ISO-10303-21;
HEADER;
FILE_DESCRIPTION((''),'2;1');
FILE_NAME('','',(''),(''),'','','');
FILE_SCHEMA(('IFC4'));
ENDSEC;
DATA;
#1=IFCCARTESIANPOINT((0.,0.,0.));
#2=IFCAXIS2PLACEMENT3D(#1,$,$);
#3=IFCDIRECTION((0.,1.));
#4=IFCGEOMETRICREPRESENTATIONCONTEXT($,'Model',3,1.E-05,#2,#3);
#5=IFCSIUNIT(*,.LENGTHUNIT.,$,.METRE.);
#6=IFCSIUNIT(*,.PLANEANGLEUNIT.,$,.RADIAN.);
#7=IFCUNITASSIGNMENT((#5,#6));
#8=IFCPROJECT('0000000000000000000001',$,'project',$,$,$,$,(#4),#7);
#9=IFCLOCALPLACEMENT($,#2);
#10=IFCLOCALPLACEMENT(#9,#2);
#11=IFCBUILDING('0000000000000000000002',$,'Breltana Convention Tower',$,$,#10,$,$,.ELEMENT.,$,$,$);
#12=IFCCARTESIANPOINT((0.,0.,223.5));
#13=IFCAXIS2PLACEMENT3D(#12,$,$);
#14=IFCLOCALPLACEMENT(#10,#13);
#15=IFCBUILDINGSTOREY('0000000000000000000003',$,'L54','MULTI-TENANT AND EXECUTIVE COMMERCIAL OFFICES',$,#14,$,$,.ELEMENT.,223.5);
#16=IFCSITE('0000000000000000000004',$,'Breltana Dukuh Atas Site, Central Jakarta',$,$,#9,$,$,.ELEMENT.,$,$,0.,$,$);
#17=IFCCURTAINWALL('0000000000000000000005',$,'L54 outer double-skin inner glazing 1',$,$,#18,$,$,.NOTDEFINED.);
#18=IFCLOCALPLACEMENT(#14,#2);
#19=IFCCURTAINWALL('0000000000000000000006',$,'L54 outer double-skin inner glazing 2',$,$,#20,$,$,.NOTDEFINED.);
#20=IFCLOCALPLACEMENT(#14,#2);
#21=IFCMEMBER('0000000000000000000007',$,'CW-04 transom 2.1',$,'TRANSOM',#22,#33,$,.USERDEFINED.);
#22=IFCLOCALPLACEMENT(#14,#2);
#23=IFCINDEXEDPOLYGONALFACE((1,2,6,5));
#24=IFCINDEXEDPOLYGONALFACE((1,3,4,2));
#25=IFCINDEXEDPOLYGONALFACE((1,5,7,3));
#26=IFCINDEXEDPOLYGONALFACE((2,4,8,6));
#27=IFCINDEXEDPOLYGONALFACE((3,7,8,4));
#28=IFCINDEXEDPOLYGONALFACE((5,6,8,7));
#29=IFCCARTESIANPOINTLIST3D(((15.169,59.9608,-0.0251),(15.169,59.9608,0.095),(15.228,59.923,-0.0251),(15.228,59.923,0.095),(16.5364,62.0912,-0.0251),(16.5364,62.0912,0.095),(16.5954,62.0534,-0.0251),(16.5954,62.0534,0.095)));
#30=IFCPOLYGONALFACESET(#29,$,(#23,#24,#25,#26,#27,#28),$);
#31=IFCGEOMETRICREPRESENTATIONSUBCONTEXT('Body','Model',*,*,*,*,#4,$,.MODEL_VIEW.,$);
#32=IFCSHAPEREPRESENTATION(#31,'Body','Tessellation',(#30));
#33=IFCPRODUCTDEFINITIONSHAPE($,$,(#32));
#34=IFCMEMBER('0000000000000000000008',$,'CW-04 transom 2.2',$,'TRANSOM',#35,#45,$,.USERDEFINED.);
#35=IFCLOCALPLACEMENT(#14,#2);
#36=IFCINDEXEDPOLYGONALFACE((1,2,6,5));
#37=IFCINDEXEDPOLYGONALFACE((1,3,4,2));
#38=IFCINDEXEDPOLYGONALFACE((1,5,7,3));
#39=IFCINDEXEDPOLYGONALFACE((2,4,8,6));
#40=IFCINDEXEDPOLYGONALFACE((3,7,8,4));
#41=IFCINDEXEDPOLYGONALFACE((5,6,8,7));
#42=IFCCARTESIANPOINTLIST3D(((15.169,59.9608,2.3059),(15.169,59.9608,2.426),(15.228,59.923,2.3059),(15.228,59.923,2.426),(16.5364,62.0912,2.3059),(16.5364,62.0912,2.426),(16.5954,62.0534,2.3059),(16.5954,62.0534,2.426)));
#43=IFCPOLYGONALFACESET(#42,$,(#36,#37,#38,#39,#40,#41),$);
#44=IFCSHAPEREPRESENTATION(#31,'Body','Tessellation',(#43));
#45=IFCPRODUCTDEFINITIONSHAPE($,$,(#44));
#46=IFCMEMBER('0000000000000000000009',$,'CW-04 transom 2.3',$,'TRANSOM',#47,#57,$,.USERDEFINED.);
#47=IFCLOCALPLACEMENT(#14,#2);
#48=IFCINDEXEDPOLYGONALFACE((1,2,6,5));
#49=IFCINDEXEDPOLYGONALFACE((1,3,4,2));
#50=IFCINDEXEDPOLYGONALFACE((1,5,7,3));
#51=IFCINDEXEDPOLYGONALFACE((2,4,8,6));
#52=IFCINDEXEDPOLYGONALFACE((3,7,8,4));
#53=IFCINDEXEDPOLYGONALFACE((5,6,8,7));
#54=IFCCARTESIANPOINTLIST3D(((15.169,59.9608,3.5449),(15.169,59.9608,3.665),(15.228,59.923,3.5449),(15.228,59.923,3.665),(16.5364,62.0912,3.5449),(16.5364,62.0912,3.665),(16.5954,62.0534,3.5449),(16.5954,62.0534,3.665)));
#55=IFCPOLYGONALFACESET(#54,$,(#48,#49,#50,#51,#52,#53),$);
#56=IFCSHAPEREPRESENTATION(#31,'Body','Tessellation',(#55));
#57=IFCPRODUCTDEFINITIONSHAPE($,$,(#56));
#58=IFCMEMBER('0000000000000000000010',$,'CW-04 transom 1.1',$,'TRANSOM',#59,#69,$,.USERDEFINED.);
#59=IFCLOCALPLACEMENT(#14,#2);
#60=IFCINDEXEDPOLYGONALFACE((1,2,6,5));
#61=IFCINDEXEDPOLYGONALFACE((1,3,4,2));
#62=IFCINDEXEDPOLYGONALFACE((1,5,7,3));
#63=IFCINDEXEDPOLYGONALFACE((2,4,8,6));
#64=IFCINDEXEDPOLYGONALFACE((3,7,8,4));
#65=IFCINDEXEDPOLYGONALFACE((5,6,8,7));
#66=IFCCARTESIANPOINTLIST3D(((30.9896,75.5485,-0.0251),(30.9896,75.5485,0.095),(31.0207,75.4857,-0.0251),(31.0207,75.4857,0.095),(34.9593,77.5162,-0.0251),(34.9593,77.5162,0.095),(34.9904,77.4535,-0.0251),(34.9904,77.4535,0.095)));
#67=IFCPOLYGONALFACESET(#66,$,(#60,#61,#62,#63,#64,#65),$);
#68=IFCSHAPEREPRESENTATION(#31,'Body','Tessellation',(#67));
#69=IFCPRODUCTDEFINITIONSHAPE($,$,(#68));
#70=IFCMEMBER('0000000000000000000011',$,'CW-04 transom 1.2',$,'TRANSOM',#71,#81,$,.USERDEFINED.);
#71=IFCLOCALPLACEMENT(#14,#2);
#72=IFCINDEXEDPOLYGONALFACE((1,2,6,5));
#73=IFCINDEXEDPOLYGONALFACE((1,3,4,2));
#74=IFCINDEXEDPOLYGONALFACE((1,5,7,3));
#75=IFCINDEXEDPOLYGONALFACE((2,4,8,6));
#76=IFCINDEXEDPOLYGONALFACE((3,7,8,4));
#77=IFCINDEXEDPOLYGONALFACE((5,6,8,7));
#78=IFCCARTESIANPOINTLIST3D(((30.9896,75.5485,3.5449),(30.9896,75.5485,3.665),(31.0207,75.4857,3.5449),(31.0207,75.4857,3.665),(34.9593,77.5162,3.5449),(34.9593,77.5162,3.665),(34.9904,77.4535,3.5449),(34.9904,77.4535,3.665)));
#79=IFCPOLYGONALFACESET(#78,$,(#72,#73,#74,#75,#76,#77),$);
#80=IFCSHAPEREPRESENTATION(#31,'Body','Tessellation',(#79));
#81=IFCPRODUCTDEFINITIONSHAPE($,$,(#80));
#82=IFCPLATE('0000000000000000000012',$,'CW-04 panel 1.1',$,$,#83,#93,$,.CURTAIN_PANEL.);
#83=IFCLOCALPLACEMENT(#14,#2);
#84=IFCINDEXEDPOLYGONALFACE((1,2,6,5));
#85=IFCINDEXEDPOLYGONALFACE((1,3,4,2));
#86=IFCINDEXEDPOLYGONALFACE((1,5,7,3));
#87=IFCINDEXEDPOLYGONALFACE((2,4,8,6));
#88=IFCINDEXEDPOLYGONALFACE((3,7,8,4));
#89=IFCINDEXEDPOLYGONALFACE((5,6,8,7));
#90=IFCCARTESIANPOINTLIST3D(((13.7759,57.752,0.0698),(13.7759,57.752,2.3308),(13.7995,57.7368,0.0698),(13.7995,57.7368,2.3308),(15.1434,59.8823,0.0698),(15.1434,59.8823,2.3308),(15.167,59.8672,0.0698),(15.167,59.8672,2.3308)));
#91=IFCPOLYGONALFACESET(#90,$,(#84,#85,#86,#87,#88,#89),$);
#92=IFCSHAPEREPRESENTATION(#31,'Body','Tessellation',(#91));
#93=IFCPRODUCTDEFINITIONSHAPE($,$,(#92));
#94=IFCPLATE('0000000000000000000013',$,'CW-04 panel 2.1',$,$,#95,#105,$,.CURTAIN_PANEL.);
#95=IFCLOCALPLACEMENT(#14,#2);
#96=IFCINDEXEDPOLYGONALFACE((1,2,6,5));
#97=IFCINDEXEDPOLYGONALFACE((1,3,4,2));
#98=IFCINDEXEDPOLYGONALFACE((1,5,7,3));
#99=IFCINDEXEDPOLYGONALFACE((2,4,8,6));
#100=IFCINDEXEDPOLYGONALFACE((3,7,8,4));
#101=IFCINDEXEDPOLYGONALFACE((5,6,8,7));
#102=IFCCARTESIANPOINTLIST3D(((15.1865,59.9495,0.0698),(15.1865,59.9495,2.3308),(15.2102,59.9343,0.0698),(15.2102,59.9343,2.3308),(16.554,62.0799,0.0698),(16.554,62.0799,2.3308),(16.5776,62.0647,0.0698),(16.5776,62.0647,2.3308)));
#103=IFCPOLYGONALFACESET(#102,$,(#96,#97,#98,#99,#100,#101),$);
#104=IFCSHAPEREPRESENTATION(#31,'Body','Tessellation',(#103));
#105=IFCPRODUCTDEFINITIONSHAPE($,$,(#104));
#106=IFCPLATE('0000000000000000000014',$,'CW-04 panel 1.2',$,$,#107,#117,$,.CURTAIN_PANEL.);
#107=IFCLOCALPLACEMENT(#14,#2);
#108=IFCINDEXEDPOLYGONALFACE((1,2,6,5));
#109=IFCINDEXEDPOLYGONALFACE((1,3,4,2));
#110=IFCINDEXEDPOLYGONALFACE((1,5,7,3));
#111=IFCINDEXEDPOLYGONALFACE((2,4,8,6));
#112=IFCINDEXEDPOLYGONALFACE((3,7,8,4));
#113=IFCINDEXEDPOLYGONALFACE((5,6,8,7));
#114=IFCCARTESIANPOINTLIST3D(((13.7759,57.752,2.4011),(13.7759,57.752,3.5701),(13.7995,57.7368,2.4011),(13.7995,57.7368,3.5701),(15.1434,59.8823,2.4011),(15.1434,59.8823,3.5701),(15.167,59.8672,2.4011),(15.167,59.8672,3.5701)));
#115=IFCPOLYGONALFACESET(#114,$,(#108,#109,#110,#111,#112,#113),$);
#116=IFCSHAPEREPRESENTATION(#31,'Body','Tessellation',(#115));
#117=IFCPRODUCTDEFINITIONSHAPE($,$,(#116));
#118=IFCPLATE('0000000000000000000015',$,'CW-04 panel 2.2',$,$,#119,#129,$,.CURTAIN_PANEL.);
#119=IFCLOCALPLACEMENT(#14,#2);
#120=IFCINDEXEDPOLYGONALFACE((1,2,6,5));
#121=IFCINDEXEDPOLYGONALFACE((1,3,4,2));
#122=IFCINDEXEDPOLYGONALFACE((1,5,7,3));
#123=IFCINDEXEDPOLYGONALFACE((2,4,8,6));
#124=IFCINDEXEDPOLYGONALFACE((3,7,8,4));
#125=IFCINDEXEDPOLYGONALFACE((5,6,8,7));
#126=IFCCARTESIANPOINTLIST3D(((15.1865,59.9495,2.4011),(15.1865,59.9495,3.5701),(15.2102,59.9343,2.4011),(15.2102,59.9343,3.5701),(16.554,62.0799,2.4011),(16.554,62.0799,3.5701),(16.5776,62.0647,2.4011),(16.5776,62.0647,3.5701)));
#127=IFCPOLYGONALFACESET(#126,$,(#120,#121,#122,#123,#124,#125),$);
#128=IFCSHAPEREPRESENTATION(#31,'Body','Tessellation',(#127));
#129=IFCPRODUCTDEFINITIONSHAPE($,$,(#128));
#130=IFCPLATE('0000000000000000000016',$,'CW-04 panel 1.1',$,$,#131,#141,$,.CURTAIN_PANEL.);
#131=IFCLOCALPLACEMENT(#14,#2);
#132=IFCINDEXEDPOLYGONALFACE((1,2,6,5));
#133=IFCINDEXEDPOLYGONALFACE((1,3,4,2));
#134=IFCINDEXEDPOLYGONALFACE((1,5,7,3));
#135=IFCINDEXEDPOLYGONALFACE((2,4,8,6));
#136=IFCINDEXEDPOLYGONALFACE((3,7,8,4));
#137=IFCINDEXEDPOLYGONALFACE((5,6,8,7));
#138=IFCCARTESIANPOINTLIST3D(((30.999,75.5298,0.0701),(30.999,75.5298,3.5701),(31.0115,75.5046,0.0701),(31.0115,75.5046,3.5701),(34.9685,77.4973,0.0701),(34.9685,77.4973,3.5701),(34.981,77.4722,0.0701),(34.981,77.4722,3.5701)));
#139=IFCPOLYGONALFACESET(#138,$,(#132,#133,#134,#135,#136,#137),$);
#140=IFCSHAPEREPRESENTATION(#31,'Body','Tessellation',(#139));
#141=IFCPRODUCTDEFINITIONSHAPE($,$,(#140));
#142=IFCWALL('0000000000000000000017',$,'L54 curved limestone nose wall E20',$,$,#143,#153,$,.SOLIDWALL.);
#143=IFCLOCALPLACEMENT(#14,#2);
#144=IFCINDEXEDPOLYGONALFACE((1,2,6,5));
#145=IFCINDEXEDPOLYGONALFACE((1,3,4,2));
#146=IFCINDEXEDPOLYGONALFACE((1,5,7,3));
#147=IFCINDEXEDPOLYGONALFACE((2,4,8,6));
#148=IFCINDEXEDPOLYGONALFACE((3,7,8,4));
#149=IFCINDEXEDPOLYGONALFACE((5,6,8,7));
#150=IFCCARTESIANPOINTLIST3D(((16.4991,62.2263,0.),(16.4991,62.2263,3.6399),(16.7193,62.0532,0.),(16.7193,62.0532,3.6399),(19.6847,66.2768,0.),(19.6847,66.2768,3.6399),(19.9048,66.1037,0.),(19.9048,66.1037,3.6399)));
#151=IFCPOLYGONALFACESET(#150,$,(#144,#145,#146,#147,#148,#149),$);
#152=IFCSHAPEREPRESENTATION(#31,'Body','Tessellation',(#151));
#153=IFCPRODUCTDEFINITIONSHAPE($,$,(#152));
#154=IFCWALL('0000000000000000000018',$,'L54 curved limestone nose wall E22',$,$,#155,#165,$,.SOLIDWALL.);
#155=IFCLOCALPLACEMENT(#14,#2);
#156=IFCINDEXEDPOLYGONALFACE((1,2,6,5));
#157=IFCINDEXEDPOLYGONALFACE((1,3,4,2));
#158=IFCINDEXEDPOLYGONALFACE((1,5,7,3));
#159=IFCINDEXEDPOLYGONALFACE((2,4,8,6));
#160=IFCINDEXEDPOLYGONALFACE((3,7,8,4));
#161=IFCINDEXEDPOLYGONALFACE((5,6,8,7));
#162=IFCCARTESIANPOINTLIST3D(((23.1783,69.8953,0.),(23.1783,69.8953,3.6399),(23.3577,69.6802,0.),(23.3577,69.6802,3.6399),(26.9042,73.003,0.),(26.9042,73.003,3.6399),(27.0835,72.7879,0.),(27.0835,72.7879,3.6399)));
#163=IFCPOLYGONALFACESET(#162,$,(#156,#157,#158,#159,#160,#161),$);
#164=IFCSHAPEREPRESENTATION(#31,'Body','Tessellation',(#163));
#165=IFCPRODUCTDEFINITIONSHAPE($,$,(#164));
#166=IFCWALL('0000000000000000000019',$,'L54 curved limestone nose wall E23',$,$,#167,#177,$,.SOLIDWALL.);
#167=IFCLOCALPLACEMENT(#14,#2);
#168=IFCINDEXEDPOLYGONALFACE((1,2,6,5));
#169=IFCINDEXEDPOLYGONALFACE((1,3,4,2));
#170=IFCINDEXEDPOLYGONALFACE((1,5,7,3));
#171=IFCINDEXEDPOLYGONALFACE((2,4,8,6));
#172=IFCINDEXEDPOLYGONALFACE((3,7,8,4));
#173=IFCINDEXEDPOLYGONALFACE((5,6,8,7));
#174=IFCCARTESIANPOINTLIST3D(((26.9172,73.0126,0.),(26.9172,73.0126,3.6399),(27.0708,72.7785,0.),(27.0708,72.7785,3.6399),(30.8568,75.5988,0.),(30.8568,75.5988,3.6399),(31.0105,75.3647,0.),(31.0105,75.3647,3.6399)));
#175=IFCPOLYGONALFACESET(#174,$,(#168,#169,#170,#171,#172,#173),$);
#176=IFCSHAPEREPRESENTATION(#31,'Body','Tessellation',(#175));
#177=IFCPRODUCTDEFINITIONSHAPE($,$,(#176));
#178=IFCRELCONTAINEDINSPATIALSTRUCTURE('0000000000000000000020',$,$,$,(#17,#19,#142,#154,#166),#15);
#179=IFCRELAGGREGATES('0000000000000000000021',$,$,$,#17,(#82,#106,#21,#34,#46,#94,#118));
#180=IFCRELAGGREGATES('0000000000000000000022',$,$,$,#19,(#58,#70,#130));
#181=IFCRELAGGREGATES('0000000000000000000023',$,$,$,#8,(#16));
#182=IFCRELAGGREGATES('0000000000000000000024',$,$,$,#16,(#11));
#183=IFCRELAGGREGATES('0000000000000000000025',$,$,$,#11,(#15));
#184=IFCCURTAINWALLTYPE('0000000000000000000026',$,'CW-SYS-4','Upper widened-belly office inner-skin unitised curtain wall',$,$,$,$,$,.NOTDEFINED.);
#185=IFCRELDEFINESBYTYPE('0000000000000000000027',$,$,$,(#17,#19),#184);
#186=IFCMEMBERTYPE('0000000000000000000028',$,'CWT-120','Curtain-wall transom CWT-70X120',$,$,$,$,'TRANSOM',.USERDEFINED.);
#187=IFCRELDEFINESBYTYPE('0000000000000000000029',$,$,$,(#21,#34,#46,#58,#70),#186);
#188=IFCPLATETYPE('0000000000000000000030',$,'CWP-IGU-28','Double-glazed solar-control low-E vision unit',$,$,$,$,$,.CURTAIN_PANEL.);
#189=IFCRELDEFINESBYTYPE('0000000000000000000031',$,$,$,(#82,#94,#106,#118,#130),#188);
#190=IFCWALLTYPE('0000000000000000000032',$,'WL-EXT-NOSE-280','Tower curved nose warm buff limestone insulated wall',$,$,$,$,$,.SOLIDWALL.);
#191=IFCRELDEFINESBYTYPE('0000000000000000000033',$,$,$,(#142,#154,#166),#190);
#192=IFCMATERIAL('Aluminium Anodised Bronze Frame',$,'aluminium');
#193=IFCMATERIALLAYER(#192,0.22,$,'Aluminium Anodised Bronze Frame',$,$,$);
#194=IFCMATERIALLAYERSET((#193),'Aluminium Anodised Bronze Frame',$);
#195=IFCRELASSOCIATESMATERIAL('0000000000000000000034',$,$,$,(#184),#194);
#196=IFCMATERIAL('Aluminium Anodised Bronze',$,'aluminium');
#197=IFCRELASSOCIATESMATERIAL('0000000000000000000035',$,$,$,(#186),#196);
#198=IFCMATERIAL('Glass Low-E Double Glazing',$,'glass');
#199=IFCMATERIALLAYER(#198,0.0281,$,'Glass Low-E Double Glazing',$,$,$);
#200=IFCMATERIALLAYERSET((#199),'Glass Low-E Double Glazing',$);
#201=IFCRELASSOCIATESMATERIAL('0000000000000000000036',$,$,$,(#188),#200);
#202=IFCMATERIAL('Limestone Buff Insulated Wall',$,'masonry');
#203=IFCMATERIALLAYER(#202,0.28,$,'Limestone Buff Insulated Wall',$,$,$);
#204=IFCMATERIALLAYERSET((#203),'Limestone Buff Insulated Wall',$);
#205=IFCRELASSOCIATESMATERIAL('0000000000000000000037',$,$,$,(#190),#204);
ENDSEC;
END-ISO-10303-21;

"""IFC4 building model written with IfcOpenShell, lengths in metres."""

from ifc_helpers import new_model, si_unit, direction, frame, frame_2d, origin, origin_2d, place, context, subcontext, project, spatial, rectangle, extrude, source, transform, mapped, material, layer, layer_set, material_profile, profile_set, type_object, element, aggregate, save


model = new_model("IFC4")

# Units and contexts
model_context = context("Model", 3, precision=1e-05, world=origin(), true_north=direction((0.0, 1.0)))
body_context = subcontext(model_context, "Body", "Model", "MODEL_VIEW")
ifc_project = project(units=[si_unit("LENGTHUNIT", "METRE"), si_unit("PLANEANGLEUNIT", "RADIAN")], contexts=[model_context])

# Site, building, storey
site_placement = place(None, origin())
site = spatial("IfcSite", under=ifc_project, at=site_placement, Name="Breltana Dukuh Atas Site, Central Jakarta", CompositionType="ELEMENT", RefElevation=0.0)
building_placement = place(site_placement, origin())
building = spatial("IfcBuilding", under=site, at=building_placement, Name="Breltana Convention Tower", CompositionType="ELEMENT")
storey_placement = place(building_placement, frame((0.0, 0.0, 223.5)))
storey = spatial("IfcBuildingStorey", under=building, at=storey_placement, Name="L54", Description="MULTI-TENANT AND EXECUTIVE COMMERCIAL OFFICES", CompositionType="ELEMENT", Elevation=223.5)

# Curtain walls
ifc_material_1 = material(Name="Aluminium Anodised Bronze Frame", Category="aluminium")
ifc_layer_1 = layer(ifc_material_1, 0.22, Name="Aluminium Anodised Bronze Frame")
ifc_layer_set_1 = layer_set([ifc_layer_1], Name="Aluminium Anodised Bronze Frame")
curtain_wall_type = type_object("IfcCurtainWallType", Name="CW-SYS-4", Description="Upper widened-belly office inner-skin unitised curtain wall", PredefinedType="NOTDEFINED", material=ifc_layer_set_1)
curtain_wall_1_placement = place(storey_placement, origin())
curtain_wall_1 = element("IfcCurtainWall", 1, at=curtain_wall_1_placement, inside=storey, type_object=curtain_wall_type, Name="L54 outer double-skin inner glazing 1", PredefinedType="NOTDEFINED")
ifc_material_2 = material(Name="Aluminium Anodised Bronze", Category="aluminium")
curtain_wall_2_placement = place(storey_placement, origin())
curtain_wall_2 = element("IfcCurtainWall", 2, at=curtain_wall_2_placement, inside=storey, type_object=curtain_wall_type, Name="L54 outer double-skin inner glazing 2", PredefinedType="NOTDEFINED")

# Members
ifc_material_profile_1 = material_profile(ifc_material_2, rectangle(XDim=0.0701, YDim=0.1201, at=origin_2d()), Name="CWT-70X120")
ifc_profile_set_1 = profile_set([ifc_material_profile_1], Name="Aluminium Anodised Bronze")
member_type_1 = type_object("IfcMemberType", Name="CWT-120", Description="Curtain-wall transom CWT-70X120", ElementType="TRANSOM", PredefinedType="USERDEFINED", material=ifc_profile_set_1)
shared_shape_1 = source(origin(), body_context, "Body", "SweptSolid", [
    extrude(rectangle(XDim=0.0701, YDim=0.1201, at=origin_2d()), origin(), (0.0, 0.0, 1.0), 2.5315),
])
member_1_placement = place(storey_placement, frame((15.1985, 59.9419, 0.0349), z_axis=(0.540173, 0.841554, 0.0), x_axis=(-0.841554, 0.540173, 0.0)))
member_1 = element("IfcMember", 3, at=member_1_placement, type_object=member_type_1, Name="CW-04 transom 2.1", ObjectType="TRANSOM", PredefinedType="USERDEFINED", context=body_context, shape_type="MappedRepresentation", body=[
    mapped(shared_shape_1, transform((0.0, 0.0, 0.0), scale=1.0)),
])
member_2_placement = place(storey_placement, frame((15.1985, 59.9419, 2.366), z_axis=(0.540173, 0.841554, 0.0), x_axis=(-0.841554, 0.540173, 0.0)))
member_2 = element("IfcMember", 4, at=member_2_placement, type_object=member_type_1, Name="CW-04 transom 2.2", ObjectType="TRANSOM", PredefinedType="USERDEFINED", context=body_context, shape_type="MappedRepresentation", body=[
    mapped(shared_shape_1, transform((0.0, 0.0, 0.0), scale=1.0)),
])
member_3_placement = place(storey_placement, frame((15.1985, 59.9419, 3.605), z_axis=(0.540173, 0.841554, 0.0), x_axis=(-0.841554, 0.540173, 0.0)))
member_3 = element("IfcMember", 5, at=member_3_placement, type_object=member_type_1, Name="CW-04 transom 2.3", ObjectType="TRANSOM", PredefinedType="USERDEFINED", context=body_context, shape_type="MappedRepresentation", body=[
    mapped(shared_shape_1, transform((0.0, 0.0, 0.0), scale=1.0)),
])
shared_shape_2 = source(origin(), body_context, "Body", "SweptSolid", [
    extrude(rectangle(XDim=0.0701, YDim=0.1201, at=origin_2d()), origin(), (0.0, 0.0, 1.0), 4.4307),
])
member_4_placement = place(storey_placement, frame((31.0051, 75.5171, 0.0349), z_axis=(0.895965, 0.444125, 0.0), x_axis=(-0.444125, 0.895965, 0.0)))
member_4 = element("IfcMember", 6, at=member_4_placement, type_object=member_type_1, Name="CW-04 transom 1.1", ObjectType="TRANSOM", PredefinedType="USERDEFINED", context=body_context, shape_type="MappedRepresentation", body=[
    mapped(shared_shape_2, transform((0.0, 0.0, 0.0), scale=1.0)),
])
member_5_placement = place(storey_placement, frame((31.0051, 75.5171, 3.605), z_axis=(0.895965, 0.444125, 0.0), x_axis=(-0.444125, 0.895965, 0.0)))
member_5 = element("IfcMember", 7, at=member_5_placement, type_object=member_type_1, Name="CW-04 transom 1.2", ObjectType="TRANSOM", PredefinedType="USERDEFINED", context=body_context, shape_type="MappedRepresentation", body=[
    mapped(shared_shape_2, transform((0.0, 0.0, 0.0), scale=1.0)),
])

# Plates
ifc_material_3 = material(Name="Glass Low-E Double Glazing", Category="glass")
ifc_layer_2 = layer(ifc_material_3, 0.0281, Name="Glass Low-E Double Glazing")
ifc_layer_set_2 = layer_set([ifc_layer_2], Name="Glass Low-E Double Glazing")
plate_type = type_object("IfcPlateType", Name="CWP-IGU-28", Description="Double-glazed solar-control low-E vision unit", PredefinedType="CURTAIN_PANEL", material=ifc_layer_set_2)
shared_shape_3 = source(origin(), body_context, "Body", "SweptSolid", [
    extrude(rectangle(XDim=2.5315, YDim=0.0281, at=origin_2d()), origin(), (0.0, 0.0, 1.0), 2.261),
])
plate_1_placement = place(storey_placement, frame((14.4714, 58.8096, 0.0698), z_axis=(0.0, 0.0, 1.0), x_axis=(0.540182, 0.841548, 0.0)))
plate_1 = element("IfcPlate", 8, at=plate_1_placement, type_object=plate_type, Name="CW-04 panel 1.1", PredefinedType="CURTAIN_PANEL", context=body_context, shape_type="MappedRepresentation", body=[
    mapped(shared_shape_3, transform((0.0, 0.0, 0.0), scale=1.0)),
])
plate_2_placement = place(storey_placement, frame((15.8821, 61.0071, 0.0698), z_axis=(0.0, 0.0, 1.0), x_axis=(0.540182, 0.841548, 0.0)))
plate_2 = element("IfcPlate", 9, at=plate_2_placement, type_object=plate_type, Name="CW-04 panel 2.1", PredefinedType="CURTAIN_PANEL", context=body_context, shape_type="MappedRepresentation", body=[
    mapped(shared_shape_3, transform((0.0, 0.0, 0.0), scale=1.0)),
])
shared_shape_4 = source(origin(), body_context, "Body", "SweptSolid", [
    extrude(rectangle(XDim=2.5315, YDim=0.0281, at=origin_2d()), origin(), (0.0, 0.0, 1.0), 1.1689),
])
plate_3_placement = place(storey_placement, frame((14.4714, 58.8096, 2.4011), z_axis=(0.0, 0.0, 1.0), x_axis=(0.540182, 0.841548, 0.0)))
plate_3 = element("IfcPlate", 10, at=plate_3_placement, type_object=plate_type, Name="CW-04 panel 1.2", PredefinedType="CURTAIN_PANEL", context=body_context, shape_type="MappedRepresentation", body=[
    mapped(shared_shape_4, transform((0.0, 0.0, 0.0), scale=1.0)),
])
plate_4_placement = place(storey_placement, frame((15.8821, 61.0071, 2.4011), z_axis=(0.0, 0.0, 1.0), x_axis=(0.540182, 0.841548, 0.0)))
plate_4 = element("IfcPlate", 11, at=plate_4_placement, type_object=plate_type, Name="CW-04 panel 2.2", PredefinedType="CURTAIN_PANEL", context=body_context, shape_type="MappedRepresentation", body=[
    mapped(shared_shape_4, transform((0.0, 0.0, 0.0), scale=1.0)),
])
aggregate(curtain_wall_1, [plate_1, plate_3, member_1, member_2, member_3, plate_2, plate_4])
shared_shape_5 = source(origin(), body_context, "Body", "SweptSolid", [
    extrude(rectangle(XDim=4.4304, YDim=0.0281, at=origin_2d()), origin(), (0.0, 0.0, 1.0), 3.5),
])
plate_5_placement = place(storey_placement, frame((32.99, 76.501, 0.0701), z_axis=(0.0, 0.0, 1.0), x_axis=(0.895973, 0.444109, 0.0)))
plate_5 = element("IfcPlate", 12, at=plate_5_placement, type_object=plate_type, Name="CW-04 panel 1.1", PredefinedType="CURTAIN_PANEL", context=body_context, shape_type="MappedRepresentation", body=[
    mapped(shared_shape_5, transform((0.0, 0.0, 0.0), scale=1.0)),
])
aggregate(curtain_wall_2, [member_4, member_5, plate_5])

# Walls
ifc_material_4 = material(Name="Limestone Buff Insulated Wall", Category="masonry")
ifc_layer_3 = layer(ifc_material_4, 0.28, Name="Limestone Buff Insulated Wall")
ifc_layer_set_3 = layer_set([ifc_layer_3], Name="Limestone Buff Insulated Wall")
wall_type_1 = type_object("IfcWallType", Name="WL-EXT-NOSE-280", Description="Tower curved nose warm buff limestone insulated wall", PredefinedType="SOLIDWALL", material=ifc_layer_set_3)
shared_shape_6 = source(origin(), body_context, "Body", "SweptSolid", [
    extrude(rectangle(XDim=5.1531, YDim=0.28, at=frame_2d((2.5767, 0.0))), origin(), (0.0, 0.0, 1.0), 3.6399),
])
wall_1_placement = place(storey_placement, frame((16.6091, 62.1396, 0.0), z_axis=(0.0, 0.0, 1.0), x_axis=(0.618179, 0.786037, 0.0)))
element("IfcWall", 13, at=wall_1_placement, inside=storey, type_object=wall_type_1, Name="L54 curved limestone nose wall E20", PredefinedType="SOLIDWALL", context=body_context, shape_type="MappedRepresentation", body=[
    mapped(shared_shape_6, transform((0.0, 0.0, 0.0), scale=1.0)),
])
shared_shape_7 = source(origin(), body_context, "Body", "SweptSolid", [
    extrude(rectangle(XDim=4.8518, YDim=0.28, at=frame_2d((2.4258, 0.0))), origin(), (0.0, 0.0, 1.0), 3.6399),
])
wall_2_placement = place(storey_placement, frame((23.2681, 69.7878, 0.0), z_axis=(0.0, 0.0, 1.0), x_axis=(0.767937, 0.640526, 0.0)))
element("IfcWall", 14, at=wall_2_placement, inside=storey, type_object=wall_type_1, Name="L54 curved limestone nose wall E22", PredefinedType="SOLIDWALL", context=body_context, shape_type="MappedRepresentation", body=[
    mapped(shared_shape_7, transform((0.0, 0.0, 0.0), scale=1.0)),
])
shared_shape_8 = source(origin(), body_context, "Body", "SweptSolid", [
    extrude(rectangle(XDim=4.7126, YDim=0.28, at=frame_2d((2.3564, 0.0))), origin(), (0.0, 0.0, 1.0), 3.6399),
])
wall_3_placement = place(storey_placement, frame((26.9939, 72.8955, 0.0), z_axis=(0.0, 0.0, 1.0), x_axis=(0.835974, 0.548768, 0.0)))
element("IfcWall", 15, at=wall_3_placement, inside=storey, type_object=wall_type_1, Name="L54 curved limestone nose wall E23", PredefinedType="SOLIDWALL", context=body_context, shape_type="MappedRepresentation", body=[
    mapped(shared_shape_8, transform((0.0, 0.0, 0.0), scale=1.0)),
])

save(model, "model.ifc")
